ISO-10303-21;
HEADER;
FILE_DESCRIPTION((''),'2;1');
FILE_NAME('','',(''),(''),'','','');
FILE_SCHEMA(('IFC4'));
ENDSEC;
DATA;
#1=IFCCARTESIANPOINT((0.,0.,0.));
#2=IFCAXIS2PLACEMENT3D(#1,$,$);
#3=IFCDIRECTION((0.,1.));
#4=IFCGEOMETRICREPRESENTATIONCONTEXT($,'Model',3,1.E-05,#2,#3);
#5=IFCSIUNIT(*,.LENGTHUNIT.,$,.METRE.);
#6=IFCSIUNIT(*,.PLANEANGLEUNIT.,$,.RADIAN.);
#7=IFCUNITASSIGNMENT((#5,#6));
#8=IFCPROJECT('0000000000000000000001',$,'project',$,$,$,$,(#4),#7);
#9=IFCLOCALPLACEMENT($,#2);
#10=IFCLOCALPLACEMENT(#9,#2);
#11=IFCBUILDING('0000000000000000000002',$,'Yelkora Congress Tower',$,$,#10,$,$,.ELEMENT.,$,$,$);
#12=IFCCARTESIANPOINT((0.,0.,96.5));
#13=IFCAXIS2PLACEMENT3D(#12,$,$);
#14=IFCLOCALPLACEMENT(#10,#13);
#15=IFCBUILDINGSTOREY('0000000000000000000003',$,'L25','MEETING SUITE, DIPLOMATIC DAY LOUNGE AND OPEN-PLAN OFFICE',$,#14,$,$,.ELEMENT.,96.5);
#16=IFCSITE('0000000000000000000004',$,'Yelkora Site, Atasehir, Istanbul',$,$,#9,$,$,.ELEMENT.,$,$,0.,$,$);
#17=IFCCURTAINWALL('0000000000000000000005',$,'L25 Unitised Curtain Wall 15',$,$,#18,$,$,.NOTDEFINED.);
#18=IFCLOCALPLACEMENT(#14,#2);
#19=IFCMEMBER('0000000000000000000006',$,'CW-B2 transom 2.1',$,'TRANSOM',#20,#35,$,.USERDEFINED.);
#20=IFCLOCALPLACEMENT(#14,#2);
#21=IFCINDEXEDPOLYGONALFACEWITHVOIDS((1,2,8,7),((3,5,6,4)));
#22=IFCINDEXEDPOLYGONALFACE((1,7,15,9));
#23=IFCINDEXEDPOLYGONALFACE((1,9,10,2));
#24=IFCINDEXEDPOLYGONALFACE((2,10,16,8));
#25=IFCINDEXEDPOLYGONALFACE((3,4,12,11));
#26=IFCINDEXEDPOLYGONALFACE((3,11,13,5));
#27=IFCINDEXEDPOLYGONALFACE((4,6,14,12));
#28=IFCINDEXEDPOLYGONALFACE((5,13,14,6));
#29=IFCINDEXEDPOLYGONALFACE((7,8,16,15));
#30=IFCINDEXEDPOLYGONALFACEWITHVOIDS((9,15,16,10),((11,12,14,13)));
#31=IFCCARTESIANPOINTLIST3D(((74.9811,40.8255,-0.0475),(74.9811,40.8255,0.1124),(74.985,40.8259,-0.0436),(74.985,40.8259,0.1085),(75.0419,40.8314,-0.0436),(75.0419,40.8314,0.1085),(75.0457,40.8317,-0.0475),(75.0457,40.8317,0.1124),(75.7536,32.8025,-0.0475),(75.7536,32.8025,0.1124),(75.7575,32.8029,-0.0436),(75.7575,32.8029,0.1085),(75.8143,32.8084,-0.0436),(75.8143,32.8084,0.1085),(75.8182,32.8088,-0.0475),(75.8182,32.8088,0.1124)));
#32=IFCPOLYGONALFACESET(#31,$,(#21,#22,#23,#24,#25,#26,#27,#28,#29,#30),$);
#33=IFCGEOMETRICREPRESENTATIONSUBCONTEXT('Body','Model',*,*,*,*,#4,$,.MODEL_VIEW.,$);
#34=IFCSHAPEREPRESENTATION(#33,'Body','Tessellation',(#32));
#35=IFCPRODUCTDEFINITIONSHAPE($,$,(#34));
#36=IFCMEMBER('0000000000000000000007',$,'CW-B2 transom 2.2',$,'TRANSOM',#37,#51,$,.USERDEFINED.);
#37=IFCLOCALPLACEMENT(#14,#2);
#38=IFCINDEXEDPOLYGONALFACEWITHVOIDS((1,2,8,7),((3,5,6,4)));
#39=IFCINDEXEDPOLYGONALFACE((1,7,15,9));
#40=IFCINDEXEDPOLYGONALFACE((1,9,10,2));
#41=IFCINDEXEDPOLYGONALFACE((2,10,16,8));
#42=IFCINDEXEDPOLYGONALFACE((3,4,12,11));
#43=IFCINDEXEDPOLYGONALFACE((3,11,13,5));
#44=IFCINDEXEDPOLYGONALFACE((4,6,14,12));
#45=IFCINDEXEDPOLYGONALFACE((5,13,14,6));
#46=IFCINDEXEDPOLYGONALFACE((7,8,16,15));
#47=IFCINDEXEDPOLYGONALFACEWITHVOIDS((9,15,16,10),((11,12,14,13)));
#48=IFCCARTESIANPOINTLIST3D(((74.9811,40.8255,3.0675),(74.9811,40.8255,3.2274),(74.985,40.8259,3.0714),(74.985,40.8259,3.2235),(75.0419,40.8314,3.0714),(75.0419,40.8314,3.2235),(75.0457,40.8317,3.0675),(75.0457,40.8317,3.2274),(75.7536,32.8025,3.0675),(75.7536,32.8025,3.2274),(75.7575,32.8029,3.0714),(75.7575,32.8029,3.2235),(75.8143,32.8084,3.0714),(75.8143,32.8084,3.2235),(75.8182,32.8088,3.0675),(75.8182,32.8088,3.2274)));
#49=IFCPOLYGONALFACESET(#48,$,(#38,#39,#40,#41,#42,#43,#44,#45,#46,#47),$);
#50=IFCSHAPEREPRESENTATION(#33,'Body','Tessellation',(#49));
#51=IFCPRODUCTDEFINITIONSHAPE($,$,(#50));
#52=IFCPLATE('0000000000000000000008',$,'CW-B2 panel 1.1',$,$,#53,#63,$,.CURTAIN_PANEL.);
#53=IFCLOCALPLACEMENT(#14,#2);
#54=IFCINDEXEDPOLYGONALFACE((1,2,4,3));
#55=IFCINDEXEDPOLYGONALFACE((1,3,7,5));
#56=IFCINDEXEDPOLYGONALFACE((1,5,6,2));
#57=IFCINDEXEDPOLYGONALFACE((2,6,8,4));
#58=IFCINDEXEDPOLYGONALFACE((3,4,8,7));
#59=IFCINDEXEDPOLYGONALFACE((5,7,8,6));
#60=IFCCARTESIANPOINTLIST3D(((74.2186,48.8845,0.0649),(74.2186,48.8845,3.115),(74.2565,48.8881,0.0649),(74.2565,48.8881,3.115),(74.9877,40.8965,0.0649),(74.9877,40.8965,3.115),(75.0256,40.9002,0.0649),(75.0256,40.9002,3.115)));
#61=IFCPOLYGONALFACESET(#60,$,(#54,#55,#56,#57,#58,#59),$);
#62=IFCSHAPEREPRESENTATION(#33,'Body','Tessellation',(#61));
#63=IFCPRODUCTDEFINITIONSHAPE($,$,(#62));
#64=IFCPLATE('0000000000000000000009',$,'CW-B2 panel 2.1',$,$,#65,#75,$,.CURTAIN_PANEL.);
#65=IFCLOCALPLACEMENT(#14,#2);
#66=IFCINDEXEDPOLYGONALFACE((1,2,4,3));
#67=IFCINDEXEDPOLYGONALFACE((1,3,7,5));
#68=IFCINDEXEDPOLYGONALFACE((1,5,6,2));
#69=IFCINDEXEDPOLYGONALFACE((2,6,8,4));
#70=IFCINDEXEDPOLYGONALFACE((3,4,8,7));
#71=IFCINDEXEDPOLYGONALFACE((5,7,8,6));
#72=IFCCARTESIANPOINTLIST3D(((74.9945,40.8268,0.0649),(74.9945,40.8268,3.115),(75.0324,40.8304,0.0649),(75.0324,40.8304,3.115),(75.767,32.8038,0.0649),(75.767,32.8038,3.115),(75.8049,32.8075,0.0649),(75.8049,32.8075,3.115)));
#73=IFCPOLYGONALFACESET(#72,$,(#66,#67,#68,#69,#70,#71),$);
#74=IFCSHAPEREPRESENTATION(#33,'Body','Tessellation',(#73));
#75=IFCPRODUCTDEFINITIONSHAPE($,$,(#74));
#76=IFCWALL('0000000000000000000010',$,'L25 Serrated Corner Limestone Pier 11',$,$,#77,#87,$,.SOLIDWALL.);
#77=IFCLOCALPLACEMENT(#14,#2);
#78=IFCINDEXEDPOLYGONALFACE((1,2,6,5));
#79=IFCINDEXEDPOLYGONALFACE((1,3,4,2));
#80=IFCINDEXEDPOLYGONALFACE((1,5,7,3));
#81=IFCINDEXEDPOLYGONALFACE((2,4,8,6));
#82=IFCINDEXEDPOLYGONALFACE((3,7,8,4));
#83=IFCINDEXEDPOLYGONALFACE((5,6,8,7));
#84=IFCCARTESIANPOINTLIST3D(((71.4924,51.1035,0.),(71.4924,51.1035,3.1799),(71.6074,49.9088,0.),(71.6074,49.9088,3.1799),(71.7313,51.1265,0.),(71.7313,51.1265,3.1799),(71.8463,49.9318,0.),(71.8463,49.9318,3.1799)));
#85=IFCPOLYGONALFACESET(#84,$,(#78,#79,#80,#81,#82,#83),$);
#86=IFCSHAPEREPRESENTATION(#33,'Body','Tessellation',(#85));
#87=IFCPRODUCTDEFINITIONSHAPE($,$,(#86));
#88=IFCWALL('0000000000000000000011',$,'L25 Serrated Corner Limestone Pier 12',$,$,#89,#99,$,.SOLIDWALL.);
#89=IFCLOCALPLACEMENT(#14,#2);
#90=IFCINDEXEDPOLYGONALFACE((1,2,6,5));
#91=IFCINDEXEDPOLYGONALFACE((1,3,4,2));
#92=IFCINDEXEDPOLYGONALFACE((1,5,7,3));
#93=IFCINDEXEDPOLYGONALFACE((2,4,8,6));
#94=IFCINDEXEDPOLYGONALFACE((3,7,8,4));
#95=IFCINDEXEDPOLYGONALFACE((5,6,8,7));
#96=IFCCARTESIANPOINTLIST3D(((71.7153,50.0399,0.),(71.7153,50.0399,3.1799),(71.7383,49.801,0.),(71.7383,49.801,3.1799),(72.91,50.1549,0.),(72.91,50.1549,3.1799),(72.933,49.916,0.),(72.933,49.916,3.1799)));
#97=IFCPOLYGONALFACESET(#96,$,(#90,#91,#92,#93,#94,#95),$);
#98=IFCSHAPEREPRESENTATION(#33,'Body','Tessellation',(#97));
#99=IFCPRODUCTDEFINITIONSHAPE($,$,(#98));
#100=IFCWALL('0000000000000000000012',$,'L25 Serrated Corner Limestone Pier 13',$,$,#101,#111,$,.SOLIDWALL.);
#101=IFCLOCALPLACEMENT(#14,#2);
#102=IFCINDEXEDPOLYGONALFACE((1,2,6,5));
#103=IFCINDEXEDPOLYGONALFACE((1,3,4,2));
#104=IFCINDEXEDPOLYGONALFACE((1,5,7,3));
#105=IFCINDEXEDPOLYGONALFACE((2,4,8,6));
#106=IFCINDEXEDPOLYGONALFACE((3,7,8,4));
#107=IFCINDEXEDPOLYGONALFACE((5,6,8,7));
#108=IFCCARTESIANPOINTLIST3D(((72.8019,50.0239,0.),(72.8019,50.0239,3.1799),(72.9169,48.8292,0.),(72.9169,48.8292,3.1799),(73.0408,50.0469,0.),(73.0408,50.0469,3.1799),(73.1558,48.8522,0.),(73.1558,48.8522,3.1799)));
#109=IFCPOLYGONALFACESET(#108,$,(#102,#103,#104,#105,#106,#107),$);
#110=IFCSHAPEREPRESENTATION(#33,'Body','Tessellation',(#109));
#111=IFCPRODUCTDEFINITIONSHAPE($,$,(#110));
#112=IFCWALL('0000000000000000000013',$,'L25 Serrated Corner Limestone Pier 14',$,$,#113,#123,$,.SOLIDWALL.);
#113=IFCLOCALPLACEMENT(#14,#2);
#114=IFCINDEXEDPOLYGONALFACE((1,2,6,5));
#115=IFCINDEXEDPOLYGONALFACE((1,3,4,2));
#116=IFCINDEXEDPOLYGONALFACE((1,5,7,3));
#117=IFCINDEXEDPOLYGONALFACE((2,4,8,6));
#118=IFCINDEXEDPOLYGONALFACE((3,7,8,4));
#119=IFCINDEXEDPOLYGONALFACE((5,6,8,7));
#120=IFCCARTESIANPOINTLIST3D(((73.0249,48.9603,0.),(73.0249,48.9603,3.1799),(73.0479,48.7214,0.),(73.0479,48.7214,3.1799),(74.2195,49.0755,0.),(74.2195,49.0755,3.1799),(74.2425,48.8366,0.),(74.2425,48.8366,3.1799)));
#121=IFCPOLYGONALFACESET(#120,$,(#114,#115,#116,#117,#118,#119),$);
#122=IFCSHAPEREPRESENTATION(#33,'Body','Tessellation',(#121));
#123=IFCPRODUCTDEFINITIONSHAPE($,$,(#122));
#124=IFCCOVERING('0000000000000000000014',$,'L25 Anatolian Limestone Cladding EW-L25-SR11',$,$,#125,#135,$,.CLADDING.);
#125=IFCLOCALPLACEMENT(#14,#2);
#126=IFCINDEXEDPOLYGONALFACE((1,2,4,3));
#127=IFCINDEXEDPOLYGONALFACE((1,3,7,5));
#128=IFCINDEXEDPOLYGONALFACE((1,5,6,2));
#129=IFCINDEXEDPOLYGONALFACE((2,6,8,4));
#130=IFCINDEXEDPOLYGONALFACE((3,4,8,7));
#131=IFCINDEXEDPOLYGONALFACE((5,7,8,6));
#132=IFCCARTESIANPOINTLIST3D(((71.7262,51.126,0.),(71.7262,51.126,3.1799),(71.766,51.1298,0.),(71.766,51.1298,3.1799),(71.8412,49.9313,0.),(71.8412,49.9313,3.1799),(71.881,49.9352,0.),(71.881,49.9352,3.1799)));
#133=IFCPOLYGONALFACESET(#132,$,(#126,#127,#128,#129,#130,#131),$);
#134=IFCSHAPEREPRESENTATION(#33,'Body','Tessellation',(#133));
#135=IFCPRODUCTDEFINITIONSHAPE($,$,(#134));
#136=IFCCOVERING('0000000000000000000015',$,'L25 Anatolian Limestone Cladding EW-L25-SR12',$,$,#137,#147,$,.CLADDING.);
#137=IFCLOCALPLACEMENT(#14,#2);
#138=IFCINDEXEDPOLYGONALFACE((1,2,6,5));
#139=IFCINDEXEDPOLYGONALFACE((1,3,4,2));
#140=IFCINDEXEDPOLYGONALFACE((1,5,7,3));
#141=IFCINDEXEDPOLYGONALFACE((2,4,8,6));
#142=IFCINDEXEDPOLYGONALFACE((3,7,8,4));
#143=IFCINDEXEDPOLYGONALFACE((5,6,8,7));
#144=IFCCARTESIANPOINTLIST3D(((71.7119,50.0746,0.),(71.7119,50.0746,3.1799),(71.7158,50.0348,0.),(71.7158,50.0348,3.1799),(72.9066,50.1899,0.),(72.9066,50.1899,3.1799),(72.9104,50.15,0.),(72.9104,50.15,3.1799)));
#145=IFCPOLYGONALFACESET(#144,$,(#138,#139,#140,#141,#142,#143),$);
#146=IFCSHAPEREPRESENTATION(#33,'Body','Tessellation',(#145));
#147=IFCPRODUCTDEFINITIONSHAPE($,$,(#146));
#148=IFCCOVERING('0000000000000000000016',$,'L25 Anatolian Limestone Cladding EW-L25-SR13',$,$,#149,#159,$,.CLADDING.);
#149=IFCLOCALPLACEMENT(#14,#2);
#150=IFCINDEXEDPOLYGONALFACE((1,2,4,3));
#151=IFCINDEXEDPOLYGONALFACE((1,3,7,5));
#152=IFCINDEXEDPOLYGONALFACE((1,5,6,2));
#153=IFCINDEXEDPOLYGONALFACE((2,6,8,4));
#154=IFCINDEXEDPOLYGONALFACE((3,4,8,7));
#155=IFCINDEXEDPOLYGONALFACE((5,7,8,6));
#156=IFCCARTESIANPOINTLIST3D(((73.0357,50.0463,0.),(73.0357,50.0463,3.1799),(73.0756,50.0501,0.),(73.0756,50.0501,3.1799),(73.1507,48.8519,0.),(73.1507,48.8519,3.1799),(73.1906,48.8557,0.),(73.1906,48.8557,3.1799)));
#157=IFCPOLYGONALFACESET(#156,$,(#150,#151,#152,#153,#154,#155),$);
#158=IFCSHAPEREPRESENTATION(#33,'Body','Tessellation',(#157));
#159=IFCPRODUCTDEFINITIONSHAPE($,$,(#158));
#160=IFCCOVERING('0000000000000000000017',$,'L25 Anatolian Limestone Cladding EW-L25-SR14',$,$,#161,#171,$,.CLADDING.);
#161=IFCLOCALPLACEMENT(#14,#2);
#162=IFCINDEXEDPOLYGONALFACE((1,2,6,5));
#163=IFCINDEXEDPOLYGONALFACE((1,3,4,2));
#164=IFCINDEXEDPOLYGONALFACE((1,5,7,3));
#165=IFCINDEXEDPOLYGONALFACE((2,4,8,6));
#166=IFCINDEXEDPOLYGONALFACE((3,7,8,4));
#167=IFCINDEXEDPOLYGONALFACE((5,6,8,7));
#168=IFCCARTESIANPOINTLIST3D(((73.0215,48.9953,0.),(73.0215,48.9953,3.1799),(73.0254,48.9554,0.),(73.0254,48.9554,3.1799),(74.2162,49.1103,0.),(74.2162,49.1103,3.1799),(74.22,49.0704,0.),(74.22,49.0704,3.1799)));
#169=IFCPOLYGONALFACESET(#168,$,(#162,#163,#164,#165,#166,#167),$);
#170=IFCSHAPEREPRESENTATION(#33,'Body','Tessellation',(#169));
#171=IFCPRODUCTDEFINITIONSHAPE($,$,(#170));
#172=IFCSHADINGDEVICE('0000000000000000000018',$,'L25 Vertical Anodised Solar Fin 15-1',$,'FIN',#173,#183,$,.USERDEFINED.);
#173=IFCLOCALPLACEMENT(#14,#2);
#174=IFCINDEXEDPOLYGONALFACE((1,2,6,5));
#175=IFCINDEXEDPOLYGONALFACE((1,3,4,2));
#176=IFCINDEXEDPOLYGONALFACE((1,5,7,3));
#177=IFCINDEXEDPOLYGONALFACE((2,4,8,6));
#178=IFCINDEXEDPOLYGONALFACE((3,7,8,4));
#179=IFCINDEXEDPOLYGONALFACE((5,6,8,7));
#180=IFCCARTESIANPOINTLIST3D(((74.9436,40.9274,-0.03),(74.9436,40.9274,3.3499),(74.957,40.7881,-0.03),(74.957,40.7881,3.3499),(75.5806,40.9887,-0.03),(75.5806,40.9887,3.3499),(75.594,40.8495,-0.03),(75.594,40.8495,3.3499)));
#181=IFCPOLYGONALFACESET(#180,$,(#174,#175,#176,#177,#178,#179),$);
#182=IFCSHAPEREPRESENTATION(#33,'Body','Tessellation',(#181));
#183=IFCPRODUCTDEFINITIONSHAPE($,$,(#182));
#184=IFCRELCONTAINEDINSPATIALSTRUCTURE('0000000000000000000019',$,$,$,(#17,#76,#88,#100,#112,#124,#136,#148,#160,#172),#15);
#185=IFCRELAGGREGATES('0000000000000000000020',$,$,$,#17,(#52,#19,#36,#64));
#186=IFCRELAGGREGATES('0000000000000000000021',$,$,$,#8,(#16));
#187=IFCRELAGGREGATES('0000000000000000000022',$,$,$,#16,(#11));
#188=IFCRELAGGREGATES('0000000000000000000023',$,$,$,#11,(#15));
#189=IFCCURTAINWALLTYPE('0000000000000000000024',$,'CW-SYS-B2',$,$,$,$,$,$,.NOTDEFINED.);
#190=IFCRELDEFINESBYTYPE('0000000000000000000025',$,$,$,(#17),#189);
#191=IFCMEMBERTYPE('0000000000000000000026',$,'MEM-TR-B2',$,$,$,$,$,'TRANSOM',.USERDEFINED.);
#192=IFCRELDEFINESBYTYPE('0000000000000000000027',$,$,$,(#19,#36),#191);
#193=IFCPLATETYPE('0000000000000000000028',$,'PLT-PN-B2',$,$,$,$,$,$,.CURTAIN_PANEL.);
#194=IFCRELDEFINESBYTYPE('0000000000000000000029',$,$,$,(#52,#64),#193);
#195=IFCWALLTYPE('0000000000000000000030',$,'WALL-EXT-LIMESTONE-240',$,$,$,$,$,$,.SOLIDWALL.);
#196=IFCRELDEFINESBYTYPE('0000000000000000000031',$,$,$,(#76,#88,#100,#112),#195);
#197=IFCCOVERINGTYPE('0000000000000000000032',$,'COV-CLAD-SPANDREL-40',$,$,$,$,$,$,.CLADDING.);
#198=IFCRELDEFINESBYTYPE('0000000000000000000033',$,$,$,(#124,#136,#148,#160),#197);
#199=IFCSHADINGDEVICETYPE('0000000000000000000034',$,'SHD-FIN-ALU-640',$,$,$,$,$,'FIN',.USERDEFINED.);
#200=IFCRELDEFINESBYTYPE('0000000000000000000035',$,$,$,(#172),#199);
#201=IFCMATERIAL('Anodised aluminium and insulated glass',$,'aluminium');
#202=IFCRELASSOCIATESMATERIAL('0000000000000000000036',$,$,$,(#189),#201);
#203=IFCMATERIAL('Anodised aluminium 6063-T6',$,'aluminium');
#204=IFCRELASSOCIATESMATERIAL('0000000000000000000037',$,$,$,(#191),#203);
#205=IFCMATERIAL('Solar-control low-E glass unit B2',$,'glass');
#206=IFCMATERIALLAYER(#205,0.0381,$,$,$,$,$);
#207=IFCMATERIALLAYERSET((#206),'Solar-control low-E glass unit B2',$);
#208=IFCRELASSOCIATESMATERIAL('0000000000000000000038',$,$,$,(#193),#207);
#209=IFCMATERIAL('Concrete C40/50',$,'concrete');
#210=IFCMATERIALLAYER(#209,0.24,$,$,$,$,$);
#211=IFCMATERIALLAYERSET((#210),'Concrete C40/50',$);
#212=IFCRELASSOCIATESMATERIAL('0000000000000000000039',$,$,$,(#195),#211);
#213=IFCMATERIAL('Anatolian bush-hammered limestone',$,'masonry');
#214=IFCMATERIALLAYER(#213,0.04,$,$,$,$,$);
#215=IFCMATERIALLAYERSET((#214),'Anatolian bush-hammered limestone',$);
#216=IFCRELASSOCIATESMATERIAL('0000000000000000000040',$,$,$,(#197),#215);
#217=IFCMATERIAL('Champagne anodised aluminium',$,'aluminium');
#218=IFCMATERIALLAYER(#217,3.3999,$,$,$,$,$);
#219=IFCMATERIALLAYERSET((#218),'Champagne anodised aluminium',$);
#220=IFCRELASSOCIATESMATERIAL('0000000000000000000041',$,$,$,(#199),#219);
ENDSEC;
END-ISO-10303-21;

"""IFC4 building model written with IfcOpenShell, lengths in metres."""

from ifc_helpers import new_model, si_unit, direction, frame, frame_2d, origin, origin_2d, place, context, subcontext, project, spatial, rectangle, hollow_rectangle, extrude, material, layer, layer_set, material_profile, profile_set, type_object, element, aggregate, save


model = new_model("IFC4")

# Units and contexts
model_context = context("Model", 3, precision=1e-05, world=origin(), true_north=direction((0.0, 1.0)))
body_context = subcontext(model_context, "Body", "Model", "MODEL_VIEW")
ifc_project = project(units=[si_unit("LENGTHUNIT", "METRE"), si_unit("PLANEANGLEUNIT", "RADIAN")], contexts=[model_context])

# Site, building, storey
site_placement = place(None, origin())
site = spatial("IfcSite", under=ifc_project, at=site_placement, Name="Yelkora Site, Atasehir, Istanbul", CompositionType="ELEMENT", RefElevation=0.0)
building_placement = place(site_placement, origin())
building = spatial("IfcBuilding", under=site, at=building_placement, Name="Yelkora Congress Tower", CompositionType="ELEMENT")
storey_placement = place(building_placement, frame((0.0, 0.0, 96.5)))
storey = spatial("IfcBuildingStorey", under=building, at=storey_placement, Name="L25", Description="MEETING SUITE, DIPLOMATIC DAY LOUNGE AND OPEN-PLAN OFFICE", CompositionType="ELEMENT", Elevation=96.5)

# Shared definitions
ifc_material_1 = material(Name="Anodised aluminium and insulated glass", Category="aluminium")
curtain_wall_type = type_object("IfcCurtainWallType", Name="CW-SYS-B2", PredefinedType="NOTDEFINED", material=ifc_material_1)
ifc_material_2 = material(Name="Anodised aluminium 6063-T6", Category="aluminium")

# Curtain wall, members, plates
curtain_wall_1_placement = place(storey_placement, origin())
curtain_wall_1 = element("IfcCurtainWall", 1, at=curtain_wall_1_placement, inside=storey, type_object=curtain_wall_type, Name="L25 Unitised Curtain Wall 15", PredefinedType="NOTDEFINED")
ifc_material_profile_1 = material_profile(ifc_material_2, hollow_rectangle(XDim=0.0649, YDim=0.1599, WallThickness=0.0039, at=origin_2d()), Name="ALU 65x160x4")
ifc_profile_set_1 = profile_set([ifc_material_profile_1], Name="Anodised aluminium 6063-T6")
member_type_1 = type_object("IfcMemberType", Name="MEM-TR-B2", ElementType="TRANSOM", PredefinedType="USERDEFINED", material=ifc_profile_set_1)
member_1_placement = place(storey_placement, frame((75.0134, 40.8286, 0.0325), z_axis=(0.095838, -0.995397, 0.0), x_axis=(0.995397, 0.095838, 0.0)))
member_1 = element("IfcMember", 2, at=member_1_placement, type_object=member_type_1, Name="CW-B2 transom 2.1", ObjectType="TRANSOM", PredefinedType="USERDEFINED", context=body_context, shape_type="SweptSolid", body=[
    extrude(hollow_rectangle(XDim=0.0649, YDim=0.1599, WallThickness=0.0039, at=origin_2d()), origin(), (0.0, 0.0, 1.0), 8.0601),
])
member_2_placement = place(storey_placement, frame((75.0134, 40.8286, 3.1475), z_axis=(0.095838, -0.995397, 0.0), x_axis=(0.995397, 0.095838, 0.0)))
member_2 = element("IfcMember", 3, at=member_2_placement, type_object=member_type_1, Name="CW-B2 transom 2.2", ObjectType="TRANSOM", PredefinedType="USERDEFINED", context=body_context, shape_type="SweptSolid", body=[
    extrude(hollow_rectangle(XDim=0.0649, YDim=0.1599, WallThickness=0.0039, at=origin_2d()), origin(), (0.0, 0.0, 1.0), 8.0601),
])
ifc_material_3 = material(Name="Solar-control low-E glass unit B2", Category="glass")
ifc_layer_1 = layer(ifc_material_3, 0.0381)
ifc_layer_set_1 = layer_set([ifc_layer_1], Name="Solar-control low-E glass unit B2")
plate_type = type_object("IfcPlateType", Name="PLT-PN-B2", PredefinedType="CURTAIN_PANEL", material=ifc_layer_set_1)
plate_1_placement = place(storey_placement, frame((74.6221, 44.8923, 0.0649), z_axis=(0.0, 0.0, 1.0), x_axis=(0.095843, -0.995397, 0.0)))
plate_1 = element("IfcPlate", 4, at=plate_1_placement, type_object=plate_type, Name="CW-B2 panel 1.1", PredefinedType="CURTAIN_PANEL", context=body_context, shape_type="SweptSolid", body=[
    extrude(rectangle(XDim=8.0249, YDim=0.0381, at=origin_2d()), origin(), (0.0, 0.0, 1.0), 3.05),
])
plate_2_placement = place(storey_placement, frame((75.3997, 36.8171, 0.0649), z_axis=(0.0, 0.0, 1.0), x_axis=(0.095843, -0.995397, 0.0)))
plate_2 = element("IfcPlate", 5, at=plate_2_placement, type_object=plate_type, Name="CW-B2 panel 2.1", PredefinedType="CURTAIN_PANEL", context=body_context, shape_type="SweptSolid", body=[
    extrude(rectangle(XDim=8.0601, YDim=0.0381, at=origin_2d()), origin(), (0.0, 0.0, 1.0), 3.05),
])
aggregate(curtain_wall_1, [plate_1, member_1, member_2, plate_2])

# Walls
ifc_material_4 = material(Name="Concrete C40/50", Category="concrete")
ifc_layer_2 = layer(ifc_material_4, 0.24)
ifc_layer_set_2 = layer_set([ifc_layer_2], Name="Concrete C40/50")
wall_type = type_object("IfcWallType", Name="WALL-EXT-LIMESTONE-240", PredefinedType="SOLIDWALL", material=ifc_layer_set_2)
for number, where, z_axis, x_axis, name in (
    (6, (71.6118, 51.115, 0.0), (0.0, 0.0, 1.0), (0.095817, -0.995399, 0.0), "L25 Serrated Corner Limestone Pier 11"),
    (7, (71.7268, 49.9204, 0.0), (0.0, 0.0, 1.0), (0.995399, 0.095817, 0.0), "L25 Serrated Corner Limestone Pier 12"),
    (8, (72.9214, 50.0354, 0.0), (0.0, 0.0, 1.0), (0.095817, -0.995399, 0.0), "L25 Serrated Corner Limestone Pier 13"),
    (9, (73.0364, 48.8408, 0.0), (0.0, 0.0, 1.0), (0.99538, 0.096019, 0.0), "L25 Serrated Corner Limestone Pier 14"),
):
    element("IfcWall", number, at=place(storey_placement, frame(where, z_axis=z_axis, x_axis=x_axis)), inside=storey, type_object=wall_type, Name=name, PredefinedType="SOLIDWALL", context=body_context, shape_type="SweptSolid", body=[
        extrude(rectangle(XDim=1.2002, YDim=0.24, at=frame_2d((0.6001, 0.0))), origin(), (0.0, 0.0, 1.0), 3.1799),
    ])

# Coverings
ifc_material_5 = material(Name="Anatolian bush-hammered limestone", Category="masonry")
ifc_layer_3 = layer(ifc_material_5, 0.04)
ifc_layer_set_3 = layer_set([ifc_layer_3], Name="Anatolian bush-hammered limestone")
covering_type = type_object("IfcCoveringType", Name="COV-CLAD-SPANDREL-40", PredefinedType="CLADDING", material=ifc_layer_set_3)
for number, where, z_axis, x_axis, name in (
    (10, (71.7461, 51.1279, 0.0), (0.0, 0.0, 1.0), (0.095817, -0.995399, 0.0), "L25 Anatolian Limestone Cladding EW-L25-SR11"),
    (11, (71.7139, 50.0547, 0.0), (0.0, 0.0, 1.0), (0.99538, 0.096019, 0.0), "L25 Anatolian Limestone Cladding EW-L25-SR12"),
):
    element("IfcCovering", number, at=place(storey_placement, frame(where, z_axis=z_axis, x_axis=x_axis)), inside=storey, type_object=covering_type, Name=name, PredefinedType="CLADDING", context=body_context, shape_type="SweptSolid", body=[
        extrude(rectangle(XDim=1.2002, YDim=0.04, at=frame_2d((0.6001, 0.0))), origin(), (0.0, 0.0, 1.0), 3.1799),
    ])
covering_1_placement = place(storey_placement, frame((73.0557, 50.0483, 0.0), z_axis=(0.0, 0.0, 1.0), x_axis=(0.095836, -0.995397, 0.0)))
element("IfcCovering", 12, at=covering_1_placement, inside=storey, type_object=covering_type, Name="L25 Anatolian Limestone Cladding EW-L25-SR13", PredefinedType="CLADDING", context=body_context, shape_type="SweptSolid", body=[
    extrude(rectangle(XDim=1.2, YDim=0.04, at=frame_2d((0.6001, 0.0))), origin(), (0.0, 0.0, 1.0), 3.1799),
])
covering_2_placement = place(storey_placement, frame((73.0234, 48.9753, 0.0), z_axis=(0.0, 0.0, 1.0), x_axis=(0.995399, 0.095817, 0.0)))
element("IfcCovering", 13, at=covering_2_placement, inside=storey, type_object=covering_type, Name="L25 Anatolian Limestone Cladding EW-L25-SR14", PredefinedType="CLADDING", context=body_context, shape_type="SweptSolid", body=[
    extrude(rectangle(XDim=1.2002, YDim=0.04, at=frame_2d((0.6001, 0.0))), origin(), (0.0, 0.0, 1.0), 3.1799),
])

# Shading device
ifc_material_6 = material(Name="Champagne anodised aluminium", Category="aluminium")
ifc_layer_4 = layer(ifc_material_6, 3.3999)
ifc_layer_set_4 = layer_set([ifc_layer_4], Name="Champagne anodised aluminium")
shading_device_type = type_object("IfcShadingDeviceType", Name="SHD-FIN-ALU-640", ElementType="FIN", PredefinedType="USERDEFINED", material=ifc_layer_set_4)
shading_device_placement = place(storey_placement, frame((75.2688, 40.8884, -0.03), z_axis=(0.0, 0.0, 1.0), x_axis=(0.095846, -0.995396, 0.0)))
element("IfcShadingDevice", 14, at=shading_device_placement, inside=storey, type_object=shading_device_type, Name="L25 Vertical Anodised Solar Fin 15-1", ObjectType="FIN", PredefinedType="USERDEFINED", context=body_context, shape_type="SweptSolid", body=[
    extrude(rectangle(XDim=0.1399, YDim=0.6399, at=origin_2d()), origin(), (0.0, 0.0, 1.0), 3.3799),
])

save(model, "model.ifc")
